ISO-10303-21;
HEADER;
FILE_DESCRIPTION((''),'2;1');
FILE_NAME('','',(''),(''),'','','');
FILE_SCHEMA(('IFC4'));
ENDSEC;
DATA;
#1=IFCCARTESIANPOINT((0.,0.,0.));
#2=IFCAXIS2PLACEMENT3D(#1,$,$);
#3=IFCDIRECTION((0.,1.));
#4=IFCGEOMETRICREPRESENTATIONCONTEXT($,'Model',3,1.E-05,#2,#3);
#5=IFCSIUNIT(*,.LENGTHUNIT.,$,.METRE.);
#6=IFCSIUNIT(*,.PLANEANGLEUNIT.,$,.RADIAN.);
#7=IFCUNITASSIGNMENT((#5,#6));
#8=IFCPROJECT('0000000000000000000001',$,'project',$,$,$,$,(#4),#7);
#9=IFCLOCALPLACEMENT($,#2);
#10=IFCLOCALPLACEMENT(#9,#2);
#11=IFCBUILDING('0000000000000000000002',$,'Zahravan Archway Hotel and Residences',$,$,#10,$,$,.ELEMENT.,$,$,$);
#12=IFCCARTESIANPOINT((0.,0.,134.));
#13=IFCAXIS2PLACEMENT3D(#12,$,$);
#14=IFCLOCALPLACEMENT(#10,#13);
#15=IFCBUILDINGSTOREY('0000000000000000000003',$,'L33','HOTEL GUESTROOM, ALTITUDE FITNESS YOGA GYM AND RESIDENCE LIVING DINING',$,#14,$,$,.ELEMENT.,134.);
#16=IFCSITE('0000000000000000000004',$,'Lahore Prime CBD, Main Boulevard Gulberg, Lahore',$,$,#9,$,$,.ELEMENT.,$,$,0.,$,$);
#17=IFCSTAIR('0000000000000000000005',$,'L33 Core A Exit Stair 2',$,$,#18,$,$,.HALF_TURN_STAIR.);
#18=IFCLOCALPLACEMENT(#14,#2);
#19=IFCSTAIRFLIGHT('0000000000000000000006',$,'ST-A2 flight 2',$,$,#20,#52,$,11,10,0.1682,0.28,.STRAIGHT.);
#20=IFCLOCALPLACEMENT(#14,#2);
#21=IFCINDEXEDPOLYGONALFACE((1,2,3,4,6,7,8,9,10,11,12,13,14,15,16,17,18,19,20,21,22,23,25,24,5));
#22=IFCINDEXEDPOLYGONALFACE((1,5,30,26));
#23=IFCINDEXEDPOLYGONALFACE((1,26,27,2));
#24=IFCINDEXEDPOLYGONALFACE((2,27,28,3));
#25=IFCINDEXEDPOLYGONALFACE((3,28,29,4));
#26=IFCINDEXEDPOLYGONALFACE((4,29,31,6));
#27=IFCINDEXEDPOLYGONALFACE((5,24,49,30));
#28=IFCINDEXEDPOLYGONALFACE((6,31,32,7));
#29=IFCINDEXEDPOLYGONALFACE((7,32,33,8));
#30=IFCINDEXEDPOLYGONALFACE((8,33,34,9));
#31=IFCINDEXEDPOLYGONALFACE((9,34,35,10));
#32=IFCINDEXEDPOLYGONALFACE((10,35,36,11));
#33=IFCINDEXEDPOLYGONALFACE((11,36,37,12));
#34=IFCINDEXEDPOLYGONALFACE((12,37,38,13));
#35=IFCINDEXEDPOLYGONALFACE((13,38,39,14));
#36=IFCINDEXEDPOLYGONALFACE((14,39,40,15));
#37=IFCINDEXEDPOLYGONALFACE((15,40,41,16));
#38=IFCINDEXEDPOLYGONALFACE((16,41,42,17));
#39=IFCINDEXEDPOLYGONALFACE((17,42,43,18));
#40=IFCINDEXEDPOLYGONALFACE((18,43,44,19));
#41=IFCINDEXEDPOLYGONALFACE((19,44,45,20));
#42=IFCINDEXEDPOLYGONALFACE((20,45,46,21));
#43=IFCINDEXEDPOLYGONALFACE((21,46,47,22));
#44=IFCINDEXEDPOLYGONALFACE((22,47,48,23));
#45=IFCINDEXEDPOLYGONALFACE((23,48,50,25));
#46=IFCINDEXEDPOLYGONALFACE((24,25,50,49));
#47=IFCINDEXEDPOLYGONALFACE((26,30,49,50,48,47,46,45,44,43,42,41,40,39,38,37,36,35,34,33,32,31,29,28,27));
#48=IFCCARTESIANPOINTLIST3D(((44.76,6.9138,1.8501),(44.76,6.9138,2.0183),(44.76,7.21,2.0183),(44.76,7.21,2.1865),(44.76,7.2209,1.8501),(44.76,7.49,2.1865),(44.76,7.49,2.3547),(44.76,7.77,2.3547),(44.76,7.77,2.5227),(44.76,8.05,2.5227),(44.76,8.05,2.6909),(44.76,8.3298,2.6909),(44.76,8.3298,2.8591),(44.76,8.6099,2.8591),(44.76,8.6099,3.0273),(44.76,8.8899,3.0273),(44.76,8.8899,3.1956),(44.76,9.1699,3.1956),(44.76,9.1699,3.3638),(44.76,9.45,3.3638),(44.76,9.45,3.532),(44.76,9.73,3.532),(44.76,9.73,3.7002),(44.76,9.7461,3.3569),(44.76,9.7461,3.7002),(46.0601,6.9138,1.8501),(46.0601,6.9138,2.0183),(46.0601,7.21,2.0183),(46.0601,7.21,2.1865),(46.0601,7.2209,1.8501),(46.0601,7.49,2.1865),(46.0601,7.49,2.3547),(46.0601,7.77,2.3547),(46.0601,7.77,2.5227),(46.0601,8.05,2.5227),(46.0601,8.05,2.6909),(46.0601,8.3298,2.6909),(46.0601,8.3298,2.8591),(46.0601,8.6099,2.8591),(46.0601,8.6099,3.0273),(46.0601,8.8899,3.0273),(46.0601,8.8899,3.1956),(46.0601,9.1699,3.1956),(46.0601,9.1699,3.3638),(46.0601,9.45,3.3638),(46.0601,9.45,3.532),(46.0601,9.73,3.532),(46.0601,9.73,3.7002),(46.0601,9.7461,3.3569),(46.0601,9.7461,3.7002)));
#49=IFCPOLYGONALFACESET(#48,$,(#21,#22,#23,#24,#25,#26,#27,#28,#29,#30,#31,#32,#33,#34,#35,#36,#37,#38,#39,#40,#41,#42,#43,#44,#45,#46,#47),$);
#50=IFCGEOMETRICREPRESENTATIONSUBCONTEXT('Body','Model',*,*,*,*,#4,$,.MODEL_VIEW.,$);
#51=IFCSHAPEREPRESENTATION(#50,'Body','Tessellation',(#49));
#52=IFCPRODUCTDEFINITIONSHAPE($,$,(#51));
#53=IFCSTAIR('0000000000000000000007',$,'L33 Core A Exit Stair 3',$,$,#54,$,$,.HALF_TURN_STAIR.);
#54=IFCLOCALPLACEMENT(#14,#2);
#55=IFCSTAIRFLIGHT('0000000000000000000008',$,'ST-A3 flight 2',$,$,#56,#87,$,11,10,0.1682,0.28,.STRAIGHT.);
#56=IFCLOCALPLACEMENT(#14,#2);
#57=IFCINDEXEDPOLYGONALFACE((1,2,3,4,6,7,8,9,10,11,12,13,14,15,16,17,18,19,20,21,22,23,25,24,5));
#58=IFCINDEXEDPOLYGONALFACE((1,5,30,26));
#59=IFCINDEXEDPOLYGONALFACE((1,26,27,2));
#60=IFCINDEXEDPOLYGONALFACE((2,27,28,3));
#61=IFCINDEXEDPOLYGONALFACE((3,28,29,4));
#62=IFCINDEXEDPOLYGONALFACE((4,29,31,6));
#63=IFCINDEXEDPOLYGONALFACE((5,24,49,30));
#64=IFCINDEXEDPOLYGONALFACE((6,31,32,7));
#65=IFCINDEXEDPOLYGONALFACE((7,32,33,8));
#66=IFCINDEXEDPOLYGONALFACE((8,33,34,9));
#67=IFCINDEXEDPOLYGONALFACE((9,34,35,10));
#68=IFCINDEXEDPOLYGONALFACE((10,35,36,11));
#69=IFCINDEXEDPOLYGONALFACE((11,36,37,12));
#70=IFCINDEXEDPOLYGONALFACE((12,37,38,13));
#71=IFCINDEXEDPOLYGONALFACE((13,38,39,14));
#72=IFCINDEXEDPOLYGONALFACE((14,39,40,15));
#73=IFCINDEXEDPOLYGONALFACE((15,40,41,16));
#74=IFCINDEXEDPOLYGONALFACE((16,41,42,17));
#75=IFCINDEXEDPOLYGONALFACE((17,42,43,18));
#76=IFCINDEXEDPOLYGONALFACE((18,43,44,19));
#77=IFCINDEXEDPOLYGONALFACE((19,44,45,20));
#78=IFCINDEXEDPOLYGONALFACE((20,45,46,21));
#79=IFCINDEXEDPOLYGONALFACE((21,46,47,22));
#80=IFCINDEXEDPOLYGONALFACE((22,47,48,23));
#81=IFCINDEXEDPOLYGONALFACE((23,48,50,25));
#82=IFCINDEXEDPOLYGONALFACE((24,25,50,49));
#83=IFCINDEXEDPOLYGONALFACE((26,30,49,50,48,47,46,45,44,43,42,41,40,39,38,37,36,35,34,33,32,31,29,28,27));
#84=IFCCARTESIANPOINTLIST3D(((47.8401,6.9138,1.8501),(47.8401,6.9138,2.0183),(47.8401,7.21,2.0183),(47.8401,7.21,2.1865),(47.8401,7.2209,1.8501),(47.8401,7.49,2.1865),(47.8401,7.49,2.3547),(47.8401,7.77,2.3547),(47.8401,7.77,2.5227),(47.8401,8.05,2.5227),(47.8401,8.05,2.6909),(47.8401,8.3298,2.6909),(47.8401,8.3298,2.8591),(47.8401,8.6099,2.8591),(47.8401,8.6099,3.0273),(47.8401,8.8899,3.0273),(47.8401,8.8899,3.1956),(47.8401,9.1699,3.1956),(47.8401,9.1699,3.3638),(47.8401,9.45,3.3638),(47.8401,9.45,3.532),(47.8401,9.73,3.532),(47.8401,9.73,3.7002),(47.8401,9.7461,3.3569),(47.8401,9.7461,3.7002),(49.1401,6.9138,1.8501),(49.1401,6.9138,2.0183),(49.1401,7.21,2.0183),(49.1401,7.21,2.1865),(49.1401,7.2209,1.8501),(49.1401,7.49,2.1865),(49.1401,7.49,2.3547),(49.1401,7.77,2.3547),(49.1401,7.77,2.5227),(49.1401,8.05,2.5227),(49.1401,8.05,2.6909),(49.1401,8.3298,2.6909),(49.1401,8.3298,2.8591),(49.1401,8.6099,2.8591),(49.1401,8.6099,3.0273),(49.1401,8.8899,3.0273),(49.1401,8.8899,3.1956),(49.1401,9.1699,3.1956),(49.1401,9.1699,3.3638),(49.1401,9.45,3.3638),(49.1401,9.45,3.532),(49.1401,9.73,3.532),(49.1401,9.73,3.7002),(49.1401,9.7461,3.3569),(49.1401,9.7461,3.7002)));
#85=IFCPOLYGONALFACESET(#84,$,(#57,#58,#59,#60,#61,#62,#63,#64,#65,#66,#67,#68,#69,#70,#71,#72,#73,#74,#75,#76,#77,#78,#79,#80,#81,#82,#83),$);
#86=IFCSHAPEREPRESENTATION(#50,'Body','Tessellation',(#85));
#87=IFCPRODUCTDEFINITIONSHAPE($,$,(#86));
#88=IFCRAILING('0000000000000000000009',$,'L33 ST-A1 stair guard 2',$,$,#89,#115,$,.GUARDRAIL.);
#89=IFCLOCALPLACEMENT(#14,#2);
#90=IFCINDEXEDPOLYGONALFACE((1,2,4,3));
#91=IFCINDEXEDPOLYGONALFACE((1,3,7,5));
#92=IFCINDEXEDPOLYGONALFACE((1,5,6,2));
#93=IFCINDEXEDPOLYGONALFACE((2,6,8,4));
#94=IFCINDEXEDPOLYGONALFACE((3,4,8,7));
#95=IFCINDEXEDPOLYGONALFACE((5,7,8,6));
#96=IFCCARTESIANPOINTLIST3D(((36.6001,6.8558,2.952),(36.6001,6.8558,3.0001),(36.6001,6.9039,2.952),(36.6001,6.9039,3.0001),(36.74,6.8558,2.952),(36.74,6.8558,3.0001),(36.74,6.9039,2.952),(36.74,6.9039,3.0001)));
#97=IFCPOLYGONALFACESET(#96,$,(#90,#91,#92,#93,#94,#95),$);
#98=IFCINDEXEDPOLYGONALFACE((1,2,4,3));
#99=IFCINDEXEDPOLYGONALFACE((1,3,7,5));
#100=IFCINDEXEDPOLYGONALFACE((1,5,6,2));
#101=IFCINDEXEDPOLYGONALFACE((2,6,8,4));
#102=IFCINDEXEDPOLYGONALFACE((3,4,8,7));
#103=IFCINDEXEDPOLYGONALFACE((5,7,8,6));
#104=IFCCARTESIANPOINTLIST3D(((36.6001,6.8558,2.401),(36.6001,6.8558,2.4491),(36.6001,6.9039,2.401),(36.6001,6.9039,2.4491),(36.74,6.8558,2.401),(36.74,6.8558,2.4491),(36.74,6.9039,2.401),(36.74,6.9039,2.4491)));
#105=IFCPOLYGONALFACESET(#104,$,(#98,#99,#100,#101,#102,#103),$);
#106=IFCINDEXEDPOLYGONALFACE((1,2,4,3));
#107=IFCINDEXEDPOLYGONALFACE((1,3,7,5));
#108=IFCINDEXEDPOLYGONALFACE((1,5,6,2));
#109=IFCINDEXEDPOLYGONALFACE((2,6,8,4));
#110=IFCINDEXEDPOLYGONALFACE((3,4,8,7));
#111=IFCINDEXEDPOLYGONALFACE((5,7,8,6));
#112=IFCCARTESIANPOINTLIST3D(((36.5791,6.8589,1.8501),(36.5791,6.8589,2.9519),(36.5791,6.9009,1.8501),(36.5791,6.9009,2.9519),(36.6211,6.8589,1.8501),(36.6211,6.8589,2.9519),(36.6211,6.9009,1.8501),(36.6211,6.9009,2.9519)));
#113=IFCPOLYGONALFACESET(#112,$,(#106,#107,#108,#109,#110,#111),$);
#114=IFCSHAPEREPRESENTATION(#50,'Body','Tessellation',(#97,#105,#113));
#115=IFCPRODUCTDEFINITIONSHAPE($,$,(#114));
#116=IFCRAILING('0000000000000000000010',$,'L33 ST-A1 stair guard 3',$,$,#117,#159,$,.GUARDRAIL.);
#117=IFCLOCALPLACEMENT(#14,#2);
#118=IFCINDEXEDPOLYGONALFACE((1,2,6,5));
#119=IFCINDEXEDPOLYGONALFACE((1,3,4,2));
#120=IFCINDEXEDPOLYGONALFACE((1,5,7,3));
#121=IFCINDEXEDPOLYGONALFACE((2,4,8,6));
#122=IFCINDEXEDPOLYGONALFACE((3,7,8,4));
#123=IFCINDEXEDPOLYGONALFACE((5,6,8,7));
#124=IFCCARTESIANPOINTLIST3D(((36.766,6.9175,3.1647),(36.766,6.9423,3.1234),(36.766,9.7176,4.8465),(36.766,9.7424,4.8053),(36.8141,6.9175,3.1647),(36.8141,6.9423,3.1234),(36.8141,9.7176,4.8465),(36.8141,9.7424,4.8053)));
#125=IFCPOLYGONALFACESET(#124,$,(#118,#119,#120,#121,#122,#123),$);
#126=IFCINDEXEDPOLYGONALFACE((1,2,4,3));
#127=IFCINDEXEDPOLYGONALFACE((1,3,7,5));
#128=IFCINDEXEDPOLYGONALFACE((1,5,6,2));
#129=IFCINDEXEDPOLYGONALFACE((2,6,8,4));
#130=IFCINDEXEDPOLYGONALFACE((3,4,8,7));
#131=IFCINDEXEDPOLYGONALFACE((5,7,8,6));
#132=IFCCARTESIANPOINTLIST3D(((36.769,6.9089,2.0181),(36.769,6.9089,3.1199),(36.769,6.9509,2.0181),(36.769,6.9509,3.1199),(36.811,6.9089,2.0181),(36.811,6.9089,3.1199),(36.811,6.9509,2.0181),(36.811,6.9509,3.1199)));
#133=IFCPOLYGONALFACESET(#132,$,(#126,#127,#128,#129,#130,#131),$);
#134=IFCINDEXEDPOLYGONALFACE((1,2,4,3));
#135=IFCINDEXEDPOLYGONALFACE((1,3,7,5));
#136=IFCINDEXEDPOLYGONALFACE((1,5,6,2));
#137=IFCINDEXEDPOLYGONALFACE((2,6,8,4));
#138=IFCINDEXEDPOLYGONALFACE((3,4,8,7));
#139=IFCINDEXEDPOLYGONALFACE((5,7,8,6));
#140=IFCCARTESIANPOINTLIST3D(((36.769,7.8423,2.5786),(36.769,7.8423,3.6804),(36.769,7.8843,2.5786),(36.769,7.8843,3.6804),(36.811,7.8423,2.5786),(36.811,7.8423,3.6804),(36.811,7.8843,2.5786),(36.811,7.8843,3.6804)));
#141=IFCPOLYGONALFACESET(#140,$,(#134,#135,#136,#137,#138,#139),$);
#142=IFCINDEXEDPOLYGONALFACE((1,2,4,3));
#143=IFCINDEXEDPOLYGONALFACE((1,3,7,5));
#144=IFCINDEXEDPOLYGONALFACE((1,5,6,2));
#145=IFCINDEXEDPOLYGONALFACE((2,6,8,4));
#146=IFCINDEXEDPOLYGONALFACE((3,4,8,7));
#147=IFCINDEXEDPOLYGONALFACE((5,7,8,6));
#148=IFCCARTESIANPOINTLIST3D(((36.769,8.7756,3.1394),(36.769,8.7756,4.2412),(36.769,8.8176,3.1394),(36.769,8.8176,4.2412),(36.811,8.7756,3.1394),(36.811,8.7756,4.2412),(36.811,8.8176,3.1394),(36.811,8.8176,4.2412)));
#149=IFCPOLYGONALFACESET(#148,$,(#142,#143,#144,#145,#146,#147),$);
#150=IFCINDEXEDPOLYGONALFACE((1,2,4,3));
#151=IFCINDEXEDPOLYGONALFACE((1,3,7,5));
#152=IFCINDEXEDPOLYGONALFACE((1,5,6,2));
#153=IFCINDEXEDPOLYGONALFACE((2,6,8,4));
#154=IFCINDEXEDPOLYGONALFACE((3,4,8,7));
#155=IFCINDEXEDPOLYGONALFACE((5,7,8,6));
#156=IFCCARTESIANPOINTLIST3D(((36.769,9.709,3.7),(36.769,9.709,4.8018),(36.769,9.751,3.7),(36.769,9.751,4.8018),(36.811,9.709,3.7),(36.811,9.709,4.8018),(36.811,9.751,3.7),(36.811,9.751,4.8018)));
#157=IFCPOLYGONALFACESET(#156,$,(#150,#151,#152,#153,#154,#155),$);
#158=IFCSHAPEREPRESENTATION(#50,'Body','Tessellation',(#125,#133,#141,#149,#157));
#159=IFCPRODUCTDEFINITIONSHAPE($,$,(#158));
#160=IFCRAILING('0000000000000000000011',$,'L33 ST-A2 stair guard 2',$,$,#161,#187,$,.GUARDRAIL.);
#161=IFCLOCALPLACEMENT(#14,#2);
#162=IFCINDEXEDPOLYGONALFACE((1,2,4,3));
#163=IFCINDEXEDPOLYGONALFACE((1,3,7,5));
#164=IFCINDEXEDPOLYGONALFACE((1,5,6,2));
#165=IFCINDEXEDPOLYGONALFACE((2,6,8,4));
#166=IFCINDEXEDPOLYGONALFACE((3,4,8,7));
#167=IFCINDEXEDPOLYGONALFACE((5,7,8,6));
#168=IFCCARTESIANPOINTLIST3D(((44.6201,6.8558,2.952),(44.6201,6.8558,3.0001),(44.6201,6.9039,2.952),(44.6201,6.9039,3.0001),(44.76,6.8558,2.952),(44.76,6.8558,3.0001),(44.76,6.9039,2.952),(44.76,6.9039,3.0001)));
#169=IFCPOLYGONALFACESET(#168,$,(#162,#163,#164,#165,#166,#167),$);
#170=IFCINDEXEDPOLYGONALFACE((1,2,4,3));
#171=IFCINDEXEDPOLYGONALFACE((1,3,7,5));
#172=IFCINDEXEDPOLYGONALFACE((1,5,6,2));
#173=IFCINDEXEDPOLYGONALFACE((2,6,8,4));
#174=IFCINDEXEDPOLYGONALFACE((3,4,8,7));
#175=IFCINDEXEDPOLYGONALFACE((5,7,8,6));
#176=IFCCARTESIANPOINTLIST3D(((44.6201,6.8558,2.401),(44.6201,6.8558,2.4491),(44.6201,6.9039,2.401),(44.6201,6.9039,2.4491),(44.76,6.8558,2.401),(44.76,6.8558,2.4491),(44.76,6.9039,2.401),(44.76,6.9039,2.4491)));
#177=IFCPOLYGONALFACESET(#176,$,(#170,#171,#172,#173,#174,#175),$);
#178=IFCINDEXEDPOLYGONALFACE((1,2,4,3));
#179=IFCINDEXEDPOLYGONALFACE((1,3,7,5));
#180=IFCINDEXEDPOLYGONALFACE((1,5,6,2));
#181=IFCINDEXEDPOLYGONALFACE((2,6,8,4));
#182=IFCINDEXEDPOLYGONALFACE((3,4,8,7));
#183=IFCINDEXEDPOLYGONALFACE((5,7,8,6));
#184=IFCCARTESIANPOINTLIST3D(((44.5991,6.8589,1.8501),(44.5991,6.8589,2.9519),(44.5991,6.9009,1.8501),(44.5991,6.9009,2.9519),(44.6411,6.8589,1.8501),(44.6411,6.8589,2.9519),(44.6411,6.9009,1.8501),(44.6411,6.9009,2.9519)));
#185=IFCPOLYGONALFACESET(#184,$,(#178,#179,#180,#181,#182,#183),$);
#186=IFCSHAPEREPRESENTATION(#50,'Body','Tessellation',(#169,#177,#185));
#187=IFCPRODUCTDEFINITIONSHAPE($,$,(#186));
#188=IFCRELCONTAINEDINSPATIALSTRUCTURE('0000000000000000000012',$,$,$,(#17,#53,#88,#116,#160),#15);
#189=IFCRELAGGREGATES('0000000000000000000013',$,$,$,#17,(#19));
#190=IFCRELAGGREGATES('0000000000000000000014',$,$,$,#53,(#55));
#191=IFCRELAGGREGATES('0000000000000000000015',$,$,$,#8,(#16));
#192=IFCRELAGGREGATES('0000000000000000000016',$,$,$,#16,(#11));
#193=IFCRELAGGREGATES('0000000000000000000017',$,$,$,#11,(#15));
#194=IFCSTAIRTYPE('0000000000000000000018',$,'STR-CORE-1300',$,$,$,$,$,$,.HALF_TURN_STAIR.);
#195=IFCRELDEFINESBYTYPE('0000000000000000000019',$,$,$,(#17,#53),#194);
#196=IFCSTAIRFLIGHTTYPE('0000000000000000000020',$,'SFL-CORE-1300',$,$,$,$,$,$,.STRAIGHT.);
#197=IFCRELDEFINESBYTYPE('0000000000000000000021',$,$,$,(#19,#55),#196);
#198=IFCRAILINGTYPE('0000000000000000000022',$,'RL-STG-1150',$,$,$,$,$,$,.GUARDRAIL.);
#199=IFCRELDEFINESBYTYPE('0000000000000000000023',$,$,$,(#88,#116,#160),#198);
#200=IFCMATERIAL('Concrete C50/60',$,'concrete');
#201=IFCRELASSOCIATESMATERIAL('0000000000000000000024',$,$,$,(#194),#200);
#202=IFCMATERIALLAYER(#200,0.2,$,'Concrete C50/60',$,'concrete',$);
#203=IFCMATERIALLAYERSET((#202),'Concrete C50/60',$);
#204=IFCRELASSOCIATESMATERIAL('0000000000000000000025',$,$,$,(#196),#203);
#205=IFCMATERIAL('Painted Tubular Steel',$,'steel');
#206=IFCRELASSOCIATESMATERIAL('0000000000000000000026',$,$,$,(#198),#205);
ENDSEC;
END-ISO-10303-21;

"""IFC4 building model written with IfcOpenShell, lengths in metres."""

from ifc_helpers import new_model, si_unit, direction, frame, origin, origin_2d, place, context, subcontext, project, spatial, polyline, rectangle, outline, extrude, source, transform, mapped, material, layer, layer_set, type_object, element, aggregate, save


model = new_model("IFC4")

# Units and contexts
model_context = context("Model", 3, precision=1e-05, world=origin(), true_north=direction((0.0, 1.0)))
body_context = subcontext(model_context, "Body", "Model", "MODEL_VIEW")
ifc_project = project(units=[si_unit("LENGTHUNIT", "METRE"), si_unit("PLANEANGLEUNIT", "RADIAN")], contexts=[model_context])

# Site, building, storey
site_placement = place(None, origin())
site = spatial("IfcSite", under=ifc_project, at=site_placement, Name="Lahore Prime CBD, Main Boulevard Gulberg, Lahore", CompositionType="ELEMENT", RefElevation=0.0)
building_placement = place(site_placement, origin())
building = spatial("IfcBuilding", under=site, at=building_placement, Name="Zahravan Archway Hotel and Residences", CompositionType="ELEMENT")
storey_placement = place(building_placement, frame((0.0, 0.0, 134.0)))
storey = spatial("IfcBuildingStorey", under=building, at=storey_placement, Name="L33", Description="HOTEL GUESTROOM, ALTITUDE FITNESS YOGA GYM AND RESIDENCE LIVING DINING", CompositionType="ELEMENT", Elevation=134.0)

# Shared definitions
ifc_material_1 = material(Name="Concrete C50/60", Category="concrete")

# Stairs, stair flights
stair_type = type_object("IfcStairType", Name="STR-CORE-1300", PredefinedType="HALF_TURN_STAIR", material=ifc_material_1)
ifc_layer_1 = layer(ifc_material_1, 0.2, Name="Concrete C50/60", Category="concrete")
ifc_layer_set_1 = layer_set([ifc_layer_1], Name="Concrete C50/60")
stair_flight_type = type_object("IfcStairFlightType", Name="SFL-CORE-1300", PredefinedType="STRAIGHT", material=ifc_layer_set_1)
shared_shape_1 = source(origin(), body_context, "Body", "SweptSolid", [
    extrude(outline(polyline([(-0.0161, 0.0), (-0.0161, 0.1682), (0.28, 0.1682), (0.28, 0.3364), (0.5601, 0.3364), (0.5601, 0.5046), (0.8401, 0.5046), (0.8401, 0.6726), (1.1201, 0.6726), (1.1201, 0.8408), (1.3999, 0.8408), (1.3999, 1.009), (1.6799, 1.009), (1.6799, 1.1772), (1.96, 1.1772), (1.96, 1.3455), (2.24, 1.3455), (2.24, 1.5137), (2.52, 1.5137), (2.52, 1.6819), (2.8, 1.6819), (2.8, 1.8501), (2.8162, 1.8501), (2.8162, 1.5068), (0.291, 0.0), (-0.0161, 0.0)])), frame((0.0, 0.6499, 0.0), z_axis=(0.0, -1.0, 0.0), x_axis=(1.0, 0.0, 0.0)), (0.0, 0.0, 1.0), 1.3),
])
stair_1_placement = place(storey_placement, origin())
stair_1 = element("IfcStair", 1, at=stair_1_placement, inside=storey, type_object=stair_type, Name="L33 Core A Exit Stair 2", PredefinedType="HALF_TURN_STAIR")
stair_flight_1_placement = place(storey_placement, frame((45.4099, 6.9299, 1.8501), z_axis=(0.0, 0.0, 1.0), x_axis=(0.0, 1.0, 0.0)))
stair_flight_1 = element("IfcStairFlight", 2, at=stair_flight_1_placement, type_object=stair_flight_type, Name="ST-A2 flight 2", NumberOfRisers=11, NumberOfTreads=10, PredefinedType="STRAIGHT", RiserHeight=0.1682, TreadLength=0.28, context=body_context, shape_type="MappedRepresentation", body=[
    mapped(shared_shape_1, transform((0.0, 0.0, 0.0), scale=1.0)),
])
aggregate(stair_1, [stair_flight_1])
stair_2_placement = place(storey_placement, origin())
stair_2 = element("IfcStair", 3, at=stair_2_placement, inside=storey, type_object=stair_type, Name="L33 Core A Exit Stair 3", PredefinedType="HALF_TURN_STAIR")
stair_flight_2_placement = place(storey_placement, frame((48.49, 6.9299, 1.8501), z_axis=(0.0, 0.0, 1.0), x_axis=(0.0, 1.0, 0.0)))
stair_flight_2 = element("IfcStairFlight", 4, at=stair_flight_2_placement, type_object=stair_flight_type, Name="ST-A3 flight 2", NumberOfRisers=11, NumberOfTreads=10, PredefinedType="STRAIGHT", RiserHeight=0.1682, TreadLength=0.28, context=body_context, shape_type="MappedRepresentation", body=[
    mapped(shared_shape_1, transform((0.0, 0.0, 0.0), scale=1.0)),
])
aggregate(stair_2, [stair_flight_2])

# Railings
ifc_material_2 = material(Name="Painted Tubular Steel", Category="steel")
railing_type_1 = type_object("IfcRailingType", Name="RL-STG-1150", PredefinedType="GUARDRAIL", material=ifc_material_2)
railing_1_placement = place(storey_placement, frame((36.6001, 6.8799, 1.8501)))
element("IfcRailing", 5, at=railing_1_placement, inside=storey, type_object=railing_type_1, Name="L33 ST-A1 stair guard 2", PredefinedType="GUARDRAIL", context=body_context, shape_type="SweptSolid", body=[
    extrude(rectangle(XDim=0.0481, YDim=0.0481, at=origin_2d()), frame((0.0, 0.0, 1.126), z_axis=(1.0, 0.0, 0.0), x_axis=(0.0, 1.0, 0.0)), (0.0, 0.0, 1.0), 0.1399),
    extrude(rectangle(XDim=0.0481, YDim=0.0481, at=origin_2d()), frame((0.0, 0.0, 0.575), z_axis=(1.0, 0.0, 0.0), x_axis=(0.0, 1.0, 0.0)), (0.0, 0.0, 1.0), 0.1399),
    extrude(rectangle(XDim=0.042, YDim=0.042, at=origin_2d()), origin(), (0.0, 0.0, 1.0), 1.1018),
])
railing_2_placement = place(storey_placement, frame((36.79, 6.9299, 2.0181)))
element("IfcRailing", 6, at=railing_2_placement, inside=storey, type_object=railing_type_1, Name="L33 ST-A1 stair guard 3", PredefinedType="GUARDRAIL", context=body_context, shape_type="SweptSolid", body=[
    extrude(rectangle(XDim=0.0481, YDim=0.0481, at=origin_2d()), frame((0.0, 0.0, 1.126), z_axis=(0.0, 0.857242, 0.514913), x_axis=(-1.0, 0.0, 0.0)), (0.0, 0.0, 1.0), 3.2664),
    extrude(rectangle(XDim=0.042, YDim=0.042, at=origin_2d()), origin(), (0.0, 0.0, 1.0), 1.1018),
    extrude(rectangle(XDim=0.042, YDim=0.042, at=origin_2d()), frame((0.0, 0.9333, 0.5605)), (0.0, 0.0, 1.0), 1.1018),
    extrude(rectangle(XDim=0.042, YDim=0.042, at=origin_2d()), frame((0.0, 1.8667, 1.1213)), (0.0, 0.0, 1.0), 1.1018),
    extrude(rectangle(XDim=0.042, YDim=0.042, at=origin_2d()), frame((0.0, 2.8, 1.6819)), (0.0, 0.0, 1.0), 1.1018),
])
railing_3_placement = place(storey_placement, frame((44.6201, 6.8799, 1.8501)))
element("IfcRailing", 7, at=railing_3_placement, inside=storey, type_object=railing_type_1, Name="L33 ST-A2 stair guard 2", PredefinedType="GUARDRAIL", context=body_context, shape_type="SweptSolid", body=[
    extrude(rectangle(XDim=0.0481, YDim=0.0481, at=origin_2d()), frame((0.0, 0.0, 1.126), z_axis=(1.0, 0.0, 0.0), x_axis=(0.0, 1.0, 0.0)), (0.0, 0.0, 1.0), 0.1399),
    extrude(rectangle(XDim=0.0481, YDim=0.0481, at=origin_2d()), frame((0.0, 0.0, 0.575), z_axis=(1.0, 0.0, 0.0), x_axis=(0.0, 1.0, 0.0)), (0.0, 0.0, 1.0), 0.1399),
    extrude(rectangle(XDim=0.042, YDim=0.042, at=origin_2d()), origin(), (0.0, 0.0, 1.0), 1.1018),
])

save(model, "model.ifc")
